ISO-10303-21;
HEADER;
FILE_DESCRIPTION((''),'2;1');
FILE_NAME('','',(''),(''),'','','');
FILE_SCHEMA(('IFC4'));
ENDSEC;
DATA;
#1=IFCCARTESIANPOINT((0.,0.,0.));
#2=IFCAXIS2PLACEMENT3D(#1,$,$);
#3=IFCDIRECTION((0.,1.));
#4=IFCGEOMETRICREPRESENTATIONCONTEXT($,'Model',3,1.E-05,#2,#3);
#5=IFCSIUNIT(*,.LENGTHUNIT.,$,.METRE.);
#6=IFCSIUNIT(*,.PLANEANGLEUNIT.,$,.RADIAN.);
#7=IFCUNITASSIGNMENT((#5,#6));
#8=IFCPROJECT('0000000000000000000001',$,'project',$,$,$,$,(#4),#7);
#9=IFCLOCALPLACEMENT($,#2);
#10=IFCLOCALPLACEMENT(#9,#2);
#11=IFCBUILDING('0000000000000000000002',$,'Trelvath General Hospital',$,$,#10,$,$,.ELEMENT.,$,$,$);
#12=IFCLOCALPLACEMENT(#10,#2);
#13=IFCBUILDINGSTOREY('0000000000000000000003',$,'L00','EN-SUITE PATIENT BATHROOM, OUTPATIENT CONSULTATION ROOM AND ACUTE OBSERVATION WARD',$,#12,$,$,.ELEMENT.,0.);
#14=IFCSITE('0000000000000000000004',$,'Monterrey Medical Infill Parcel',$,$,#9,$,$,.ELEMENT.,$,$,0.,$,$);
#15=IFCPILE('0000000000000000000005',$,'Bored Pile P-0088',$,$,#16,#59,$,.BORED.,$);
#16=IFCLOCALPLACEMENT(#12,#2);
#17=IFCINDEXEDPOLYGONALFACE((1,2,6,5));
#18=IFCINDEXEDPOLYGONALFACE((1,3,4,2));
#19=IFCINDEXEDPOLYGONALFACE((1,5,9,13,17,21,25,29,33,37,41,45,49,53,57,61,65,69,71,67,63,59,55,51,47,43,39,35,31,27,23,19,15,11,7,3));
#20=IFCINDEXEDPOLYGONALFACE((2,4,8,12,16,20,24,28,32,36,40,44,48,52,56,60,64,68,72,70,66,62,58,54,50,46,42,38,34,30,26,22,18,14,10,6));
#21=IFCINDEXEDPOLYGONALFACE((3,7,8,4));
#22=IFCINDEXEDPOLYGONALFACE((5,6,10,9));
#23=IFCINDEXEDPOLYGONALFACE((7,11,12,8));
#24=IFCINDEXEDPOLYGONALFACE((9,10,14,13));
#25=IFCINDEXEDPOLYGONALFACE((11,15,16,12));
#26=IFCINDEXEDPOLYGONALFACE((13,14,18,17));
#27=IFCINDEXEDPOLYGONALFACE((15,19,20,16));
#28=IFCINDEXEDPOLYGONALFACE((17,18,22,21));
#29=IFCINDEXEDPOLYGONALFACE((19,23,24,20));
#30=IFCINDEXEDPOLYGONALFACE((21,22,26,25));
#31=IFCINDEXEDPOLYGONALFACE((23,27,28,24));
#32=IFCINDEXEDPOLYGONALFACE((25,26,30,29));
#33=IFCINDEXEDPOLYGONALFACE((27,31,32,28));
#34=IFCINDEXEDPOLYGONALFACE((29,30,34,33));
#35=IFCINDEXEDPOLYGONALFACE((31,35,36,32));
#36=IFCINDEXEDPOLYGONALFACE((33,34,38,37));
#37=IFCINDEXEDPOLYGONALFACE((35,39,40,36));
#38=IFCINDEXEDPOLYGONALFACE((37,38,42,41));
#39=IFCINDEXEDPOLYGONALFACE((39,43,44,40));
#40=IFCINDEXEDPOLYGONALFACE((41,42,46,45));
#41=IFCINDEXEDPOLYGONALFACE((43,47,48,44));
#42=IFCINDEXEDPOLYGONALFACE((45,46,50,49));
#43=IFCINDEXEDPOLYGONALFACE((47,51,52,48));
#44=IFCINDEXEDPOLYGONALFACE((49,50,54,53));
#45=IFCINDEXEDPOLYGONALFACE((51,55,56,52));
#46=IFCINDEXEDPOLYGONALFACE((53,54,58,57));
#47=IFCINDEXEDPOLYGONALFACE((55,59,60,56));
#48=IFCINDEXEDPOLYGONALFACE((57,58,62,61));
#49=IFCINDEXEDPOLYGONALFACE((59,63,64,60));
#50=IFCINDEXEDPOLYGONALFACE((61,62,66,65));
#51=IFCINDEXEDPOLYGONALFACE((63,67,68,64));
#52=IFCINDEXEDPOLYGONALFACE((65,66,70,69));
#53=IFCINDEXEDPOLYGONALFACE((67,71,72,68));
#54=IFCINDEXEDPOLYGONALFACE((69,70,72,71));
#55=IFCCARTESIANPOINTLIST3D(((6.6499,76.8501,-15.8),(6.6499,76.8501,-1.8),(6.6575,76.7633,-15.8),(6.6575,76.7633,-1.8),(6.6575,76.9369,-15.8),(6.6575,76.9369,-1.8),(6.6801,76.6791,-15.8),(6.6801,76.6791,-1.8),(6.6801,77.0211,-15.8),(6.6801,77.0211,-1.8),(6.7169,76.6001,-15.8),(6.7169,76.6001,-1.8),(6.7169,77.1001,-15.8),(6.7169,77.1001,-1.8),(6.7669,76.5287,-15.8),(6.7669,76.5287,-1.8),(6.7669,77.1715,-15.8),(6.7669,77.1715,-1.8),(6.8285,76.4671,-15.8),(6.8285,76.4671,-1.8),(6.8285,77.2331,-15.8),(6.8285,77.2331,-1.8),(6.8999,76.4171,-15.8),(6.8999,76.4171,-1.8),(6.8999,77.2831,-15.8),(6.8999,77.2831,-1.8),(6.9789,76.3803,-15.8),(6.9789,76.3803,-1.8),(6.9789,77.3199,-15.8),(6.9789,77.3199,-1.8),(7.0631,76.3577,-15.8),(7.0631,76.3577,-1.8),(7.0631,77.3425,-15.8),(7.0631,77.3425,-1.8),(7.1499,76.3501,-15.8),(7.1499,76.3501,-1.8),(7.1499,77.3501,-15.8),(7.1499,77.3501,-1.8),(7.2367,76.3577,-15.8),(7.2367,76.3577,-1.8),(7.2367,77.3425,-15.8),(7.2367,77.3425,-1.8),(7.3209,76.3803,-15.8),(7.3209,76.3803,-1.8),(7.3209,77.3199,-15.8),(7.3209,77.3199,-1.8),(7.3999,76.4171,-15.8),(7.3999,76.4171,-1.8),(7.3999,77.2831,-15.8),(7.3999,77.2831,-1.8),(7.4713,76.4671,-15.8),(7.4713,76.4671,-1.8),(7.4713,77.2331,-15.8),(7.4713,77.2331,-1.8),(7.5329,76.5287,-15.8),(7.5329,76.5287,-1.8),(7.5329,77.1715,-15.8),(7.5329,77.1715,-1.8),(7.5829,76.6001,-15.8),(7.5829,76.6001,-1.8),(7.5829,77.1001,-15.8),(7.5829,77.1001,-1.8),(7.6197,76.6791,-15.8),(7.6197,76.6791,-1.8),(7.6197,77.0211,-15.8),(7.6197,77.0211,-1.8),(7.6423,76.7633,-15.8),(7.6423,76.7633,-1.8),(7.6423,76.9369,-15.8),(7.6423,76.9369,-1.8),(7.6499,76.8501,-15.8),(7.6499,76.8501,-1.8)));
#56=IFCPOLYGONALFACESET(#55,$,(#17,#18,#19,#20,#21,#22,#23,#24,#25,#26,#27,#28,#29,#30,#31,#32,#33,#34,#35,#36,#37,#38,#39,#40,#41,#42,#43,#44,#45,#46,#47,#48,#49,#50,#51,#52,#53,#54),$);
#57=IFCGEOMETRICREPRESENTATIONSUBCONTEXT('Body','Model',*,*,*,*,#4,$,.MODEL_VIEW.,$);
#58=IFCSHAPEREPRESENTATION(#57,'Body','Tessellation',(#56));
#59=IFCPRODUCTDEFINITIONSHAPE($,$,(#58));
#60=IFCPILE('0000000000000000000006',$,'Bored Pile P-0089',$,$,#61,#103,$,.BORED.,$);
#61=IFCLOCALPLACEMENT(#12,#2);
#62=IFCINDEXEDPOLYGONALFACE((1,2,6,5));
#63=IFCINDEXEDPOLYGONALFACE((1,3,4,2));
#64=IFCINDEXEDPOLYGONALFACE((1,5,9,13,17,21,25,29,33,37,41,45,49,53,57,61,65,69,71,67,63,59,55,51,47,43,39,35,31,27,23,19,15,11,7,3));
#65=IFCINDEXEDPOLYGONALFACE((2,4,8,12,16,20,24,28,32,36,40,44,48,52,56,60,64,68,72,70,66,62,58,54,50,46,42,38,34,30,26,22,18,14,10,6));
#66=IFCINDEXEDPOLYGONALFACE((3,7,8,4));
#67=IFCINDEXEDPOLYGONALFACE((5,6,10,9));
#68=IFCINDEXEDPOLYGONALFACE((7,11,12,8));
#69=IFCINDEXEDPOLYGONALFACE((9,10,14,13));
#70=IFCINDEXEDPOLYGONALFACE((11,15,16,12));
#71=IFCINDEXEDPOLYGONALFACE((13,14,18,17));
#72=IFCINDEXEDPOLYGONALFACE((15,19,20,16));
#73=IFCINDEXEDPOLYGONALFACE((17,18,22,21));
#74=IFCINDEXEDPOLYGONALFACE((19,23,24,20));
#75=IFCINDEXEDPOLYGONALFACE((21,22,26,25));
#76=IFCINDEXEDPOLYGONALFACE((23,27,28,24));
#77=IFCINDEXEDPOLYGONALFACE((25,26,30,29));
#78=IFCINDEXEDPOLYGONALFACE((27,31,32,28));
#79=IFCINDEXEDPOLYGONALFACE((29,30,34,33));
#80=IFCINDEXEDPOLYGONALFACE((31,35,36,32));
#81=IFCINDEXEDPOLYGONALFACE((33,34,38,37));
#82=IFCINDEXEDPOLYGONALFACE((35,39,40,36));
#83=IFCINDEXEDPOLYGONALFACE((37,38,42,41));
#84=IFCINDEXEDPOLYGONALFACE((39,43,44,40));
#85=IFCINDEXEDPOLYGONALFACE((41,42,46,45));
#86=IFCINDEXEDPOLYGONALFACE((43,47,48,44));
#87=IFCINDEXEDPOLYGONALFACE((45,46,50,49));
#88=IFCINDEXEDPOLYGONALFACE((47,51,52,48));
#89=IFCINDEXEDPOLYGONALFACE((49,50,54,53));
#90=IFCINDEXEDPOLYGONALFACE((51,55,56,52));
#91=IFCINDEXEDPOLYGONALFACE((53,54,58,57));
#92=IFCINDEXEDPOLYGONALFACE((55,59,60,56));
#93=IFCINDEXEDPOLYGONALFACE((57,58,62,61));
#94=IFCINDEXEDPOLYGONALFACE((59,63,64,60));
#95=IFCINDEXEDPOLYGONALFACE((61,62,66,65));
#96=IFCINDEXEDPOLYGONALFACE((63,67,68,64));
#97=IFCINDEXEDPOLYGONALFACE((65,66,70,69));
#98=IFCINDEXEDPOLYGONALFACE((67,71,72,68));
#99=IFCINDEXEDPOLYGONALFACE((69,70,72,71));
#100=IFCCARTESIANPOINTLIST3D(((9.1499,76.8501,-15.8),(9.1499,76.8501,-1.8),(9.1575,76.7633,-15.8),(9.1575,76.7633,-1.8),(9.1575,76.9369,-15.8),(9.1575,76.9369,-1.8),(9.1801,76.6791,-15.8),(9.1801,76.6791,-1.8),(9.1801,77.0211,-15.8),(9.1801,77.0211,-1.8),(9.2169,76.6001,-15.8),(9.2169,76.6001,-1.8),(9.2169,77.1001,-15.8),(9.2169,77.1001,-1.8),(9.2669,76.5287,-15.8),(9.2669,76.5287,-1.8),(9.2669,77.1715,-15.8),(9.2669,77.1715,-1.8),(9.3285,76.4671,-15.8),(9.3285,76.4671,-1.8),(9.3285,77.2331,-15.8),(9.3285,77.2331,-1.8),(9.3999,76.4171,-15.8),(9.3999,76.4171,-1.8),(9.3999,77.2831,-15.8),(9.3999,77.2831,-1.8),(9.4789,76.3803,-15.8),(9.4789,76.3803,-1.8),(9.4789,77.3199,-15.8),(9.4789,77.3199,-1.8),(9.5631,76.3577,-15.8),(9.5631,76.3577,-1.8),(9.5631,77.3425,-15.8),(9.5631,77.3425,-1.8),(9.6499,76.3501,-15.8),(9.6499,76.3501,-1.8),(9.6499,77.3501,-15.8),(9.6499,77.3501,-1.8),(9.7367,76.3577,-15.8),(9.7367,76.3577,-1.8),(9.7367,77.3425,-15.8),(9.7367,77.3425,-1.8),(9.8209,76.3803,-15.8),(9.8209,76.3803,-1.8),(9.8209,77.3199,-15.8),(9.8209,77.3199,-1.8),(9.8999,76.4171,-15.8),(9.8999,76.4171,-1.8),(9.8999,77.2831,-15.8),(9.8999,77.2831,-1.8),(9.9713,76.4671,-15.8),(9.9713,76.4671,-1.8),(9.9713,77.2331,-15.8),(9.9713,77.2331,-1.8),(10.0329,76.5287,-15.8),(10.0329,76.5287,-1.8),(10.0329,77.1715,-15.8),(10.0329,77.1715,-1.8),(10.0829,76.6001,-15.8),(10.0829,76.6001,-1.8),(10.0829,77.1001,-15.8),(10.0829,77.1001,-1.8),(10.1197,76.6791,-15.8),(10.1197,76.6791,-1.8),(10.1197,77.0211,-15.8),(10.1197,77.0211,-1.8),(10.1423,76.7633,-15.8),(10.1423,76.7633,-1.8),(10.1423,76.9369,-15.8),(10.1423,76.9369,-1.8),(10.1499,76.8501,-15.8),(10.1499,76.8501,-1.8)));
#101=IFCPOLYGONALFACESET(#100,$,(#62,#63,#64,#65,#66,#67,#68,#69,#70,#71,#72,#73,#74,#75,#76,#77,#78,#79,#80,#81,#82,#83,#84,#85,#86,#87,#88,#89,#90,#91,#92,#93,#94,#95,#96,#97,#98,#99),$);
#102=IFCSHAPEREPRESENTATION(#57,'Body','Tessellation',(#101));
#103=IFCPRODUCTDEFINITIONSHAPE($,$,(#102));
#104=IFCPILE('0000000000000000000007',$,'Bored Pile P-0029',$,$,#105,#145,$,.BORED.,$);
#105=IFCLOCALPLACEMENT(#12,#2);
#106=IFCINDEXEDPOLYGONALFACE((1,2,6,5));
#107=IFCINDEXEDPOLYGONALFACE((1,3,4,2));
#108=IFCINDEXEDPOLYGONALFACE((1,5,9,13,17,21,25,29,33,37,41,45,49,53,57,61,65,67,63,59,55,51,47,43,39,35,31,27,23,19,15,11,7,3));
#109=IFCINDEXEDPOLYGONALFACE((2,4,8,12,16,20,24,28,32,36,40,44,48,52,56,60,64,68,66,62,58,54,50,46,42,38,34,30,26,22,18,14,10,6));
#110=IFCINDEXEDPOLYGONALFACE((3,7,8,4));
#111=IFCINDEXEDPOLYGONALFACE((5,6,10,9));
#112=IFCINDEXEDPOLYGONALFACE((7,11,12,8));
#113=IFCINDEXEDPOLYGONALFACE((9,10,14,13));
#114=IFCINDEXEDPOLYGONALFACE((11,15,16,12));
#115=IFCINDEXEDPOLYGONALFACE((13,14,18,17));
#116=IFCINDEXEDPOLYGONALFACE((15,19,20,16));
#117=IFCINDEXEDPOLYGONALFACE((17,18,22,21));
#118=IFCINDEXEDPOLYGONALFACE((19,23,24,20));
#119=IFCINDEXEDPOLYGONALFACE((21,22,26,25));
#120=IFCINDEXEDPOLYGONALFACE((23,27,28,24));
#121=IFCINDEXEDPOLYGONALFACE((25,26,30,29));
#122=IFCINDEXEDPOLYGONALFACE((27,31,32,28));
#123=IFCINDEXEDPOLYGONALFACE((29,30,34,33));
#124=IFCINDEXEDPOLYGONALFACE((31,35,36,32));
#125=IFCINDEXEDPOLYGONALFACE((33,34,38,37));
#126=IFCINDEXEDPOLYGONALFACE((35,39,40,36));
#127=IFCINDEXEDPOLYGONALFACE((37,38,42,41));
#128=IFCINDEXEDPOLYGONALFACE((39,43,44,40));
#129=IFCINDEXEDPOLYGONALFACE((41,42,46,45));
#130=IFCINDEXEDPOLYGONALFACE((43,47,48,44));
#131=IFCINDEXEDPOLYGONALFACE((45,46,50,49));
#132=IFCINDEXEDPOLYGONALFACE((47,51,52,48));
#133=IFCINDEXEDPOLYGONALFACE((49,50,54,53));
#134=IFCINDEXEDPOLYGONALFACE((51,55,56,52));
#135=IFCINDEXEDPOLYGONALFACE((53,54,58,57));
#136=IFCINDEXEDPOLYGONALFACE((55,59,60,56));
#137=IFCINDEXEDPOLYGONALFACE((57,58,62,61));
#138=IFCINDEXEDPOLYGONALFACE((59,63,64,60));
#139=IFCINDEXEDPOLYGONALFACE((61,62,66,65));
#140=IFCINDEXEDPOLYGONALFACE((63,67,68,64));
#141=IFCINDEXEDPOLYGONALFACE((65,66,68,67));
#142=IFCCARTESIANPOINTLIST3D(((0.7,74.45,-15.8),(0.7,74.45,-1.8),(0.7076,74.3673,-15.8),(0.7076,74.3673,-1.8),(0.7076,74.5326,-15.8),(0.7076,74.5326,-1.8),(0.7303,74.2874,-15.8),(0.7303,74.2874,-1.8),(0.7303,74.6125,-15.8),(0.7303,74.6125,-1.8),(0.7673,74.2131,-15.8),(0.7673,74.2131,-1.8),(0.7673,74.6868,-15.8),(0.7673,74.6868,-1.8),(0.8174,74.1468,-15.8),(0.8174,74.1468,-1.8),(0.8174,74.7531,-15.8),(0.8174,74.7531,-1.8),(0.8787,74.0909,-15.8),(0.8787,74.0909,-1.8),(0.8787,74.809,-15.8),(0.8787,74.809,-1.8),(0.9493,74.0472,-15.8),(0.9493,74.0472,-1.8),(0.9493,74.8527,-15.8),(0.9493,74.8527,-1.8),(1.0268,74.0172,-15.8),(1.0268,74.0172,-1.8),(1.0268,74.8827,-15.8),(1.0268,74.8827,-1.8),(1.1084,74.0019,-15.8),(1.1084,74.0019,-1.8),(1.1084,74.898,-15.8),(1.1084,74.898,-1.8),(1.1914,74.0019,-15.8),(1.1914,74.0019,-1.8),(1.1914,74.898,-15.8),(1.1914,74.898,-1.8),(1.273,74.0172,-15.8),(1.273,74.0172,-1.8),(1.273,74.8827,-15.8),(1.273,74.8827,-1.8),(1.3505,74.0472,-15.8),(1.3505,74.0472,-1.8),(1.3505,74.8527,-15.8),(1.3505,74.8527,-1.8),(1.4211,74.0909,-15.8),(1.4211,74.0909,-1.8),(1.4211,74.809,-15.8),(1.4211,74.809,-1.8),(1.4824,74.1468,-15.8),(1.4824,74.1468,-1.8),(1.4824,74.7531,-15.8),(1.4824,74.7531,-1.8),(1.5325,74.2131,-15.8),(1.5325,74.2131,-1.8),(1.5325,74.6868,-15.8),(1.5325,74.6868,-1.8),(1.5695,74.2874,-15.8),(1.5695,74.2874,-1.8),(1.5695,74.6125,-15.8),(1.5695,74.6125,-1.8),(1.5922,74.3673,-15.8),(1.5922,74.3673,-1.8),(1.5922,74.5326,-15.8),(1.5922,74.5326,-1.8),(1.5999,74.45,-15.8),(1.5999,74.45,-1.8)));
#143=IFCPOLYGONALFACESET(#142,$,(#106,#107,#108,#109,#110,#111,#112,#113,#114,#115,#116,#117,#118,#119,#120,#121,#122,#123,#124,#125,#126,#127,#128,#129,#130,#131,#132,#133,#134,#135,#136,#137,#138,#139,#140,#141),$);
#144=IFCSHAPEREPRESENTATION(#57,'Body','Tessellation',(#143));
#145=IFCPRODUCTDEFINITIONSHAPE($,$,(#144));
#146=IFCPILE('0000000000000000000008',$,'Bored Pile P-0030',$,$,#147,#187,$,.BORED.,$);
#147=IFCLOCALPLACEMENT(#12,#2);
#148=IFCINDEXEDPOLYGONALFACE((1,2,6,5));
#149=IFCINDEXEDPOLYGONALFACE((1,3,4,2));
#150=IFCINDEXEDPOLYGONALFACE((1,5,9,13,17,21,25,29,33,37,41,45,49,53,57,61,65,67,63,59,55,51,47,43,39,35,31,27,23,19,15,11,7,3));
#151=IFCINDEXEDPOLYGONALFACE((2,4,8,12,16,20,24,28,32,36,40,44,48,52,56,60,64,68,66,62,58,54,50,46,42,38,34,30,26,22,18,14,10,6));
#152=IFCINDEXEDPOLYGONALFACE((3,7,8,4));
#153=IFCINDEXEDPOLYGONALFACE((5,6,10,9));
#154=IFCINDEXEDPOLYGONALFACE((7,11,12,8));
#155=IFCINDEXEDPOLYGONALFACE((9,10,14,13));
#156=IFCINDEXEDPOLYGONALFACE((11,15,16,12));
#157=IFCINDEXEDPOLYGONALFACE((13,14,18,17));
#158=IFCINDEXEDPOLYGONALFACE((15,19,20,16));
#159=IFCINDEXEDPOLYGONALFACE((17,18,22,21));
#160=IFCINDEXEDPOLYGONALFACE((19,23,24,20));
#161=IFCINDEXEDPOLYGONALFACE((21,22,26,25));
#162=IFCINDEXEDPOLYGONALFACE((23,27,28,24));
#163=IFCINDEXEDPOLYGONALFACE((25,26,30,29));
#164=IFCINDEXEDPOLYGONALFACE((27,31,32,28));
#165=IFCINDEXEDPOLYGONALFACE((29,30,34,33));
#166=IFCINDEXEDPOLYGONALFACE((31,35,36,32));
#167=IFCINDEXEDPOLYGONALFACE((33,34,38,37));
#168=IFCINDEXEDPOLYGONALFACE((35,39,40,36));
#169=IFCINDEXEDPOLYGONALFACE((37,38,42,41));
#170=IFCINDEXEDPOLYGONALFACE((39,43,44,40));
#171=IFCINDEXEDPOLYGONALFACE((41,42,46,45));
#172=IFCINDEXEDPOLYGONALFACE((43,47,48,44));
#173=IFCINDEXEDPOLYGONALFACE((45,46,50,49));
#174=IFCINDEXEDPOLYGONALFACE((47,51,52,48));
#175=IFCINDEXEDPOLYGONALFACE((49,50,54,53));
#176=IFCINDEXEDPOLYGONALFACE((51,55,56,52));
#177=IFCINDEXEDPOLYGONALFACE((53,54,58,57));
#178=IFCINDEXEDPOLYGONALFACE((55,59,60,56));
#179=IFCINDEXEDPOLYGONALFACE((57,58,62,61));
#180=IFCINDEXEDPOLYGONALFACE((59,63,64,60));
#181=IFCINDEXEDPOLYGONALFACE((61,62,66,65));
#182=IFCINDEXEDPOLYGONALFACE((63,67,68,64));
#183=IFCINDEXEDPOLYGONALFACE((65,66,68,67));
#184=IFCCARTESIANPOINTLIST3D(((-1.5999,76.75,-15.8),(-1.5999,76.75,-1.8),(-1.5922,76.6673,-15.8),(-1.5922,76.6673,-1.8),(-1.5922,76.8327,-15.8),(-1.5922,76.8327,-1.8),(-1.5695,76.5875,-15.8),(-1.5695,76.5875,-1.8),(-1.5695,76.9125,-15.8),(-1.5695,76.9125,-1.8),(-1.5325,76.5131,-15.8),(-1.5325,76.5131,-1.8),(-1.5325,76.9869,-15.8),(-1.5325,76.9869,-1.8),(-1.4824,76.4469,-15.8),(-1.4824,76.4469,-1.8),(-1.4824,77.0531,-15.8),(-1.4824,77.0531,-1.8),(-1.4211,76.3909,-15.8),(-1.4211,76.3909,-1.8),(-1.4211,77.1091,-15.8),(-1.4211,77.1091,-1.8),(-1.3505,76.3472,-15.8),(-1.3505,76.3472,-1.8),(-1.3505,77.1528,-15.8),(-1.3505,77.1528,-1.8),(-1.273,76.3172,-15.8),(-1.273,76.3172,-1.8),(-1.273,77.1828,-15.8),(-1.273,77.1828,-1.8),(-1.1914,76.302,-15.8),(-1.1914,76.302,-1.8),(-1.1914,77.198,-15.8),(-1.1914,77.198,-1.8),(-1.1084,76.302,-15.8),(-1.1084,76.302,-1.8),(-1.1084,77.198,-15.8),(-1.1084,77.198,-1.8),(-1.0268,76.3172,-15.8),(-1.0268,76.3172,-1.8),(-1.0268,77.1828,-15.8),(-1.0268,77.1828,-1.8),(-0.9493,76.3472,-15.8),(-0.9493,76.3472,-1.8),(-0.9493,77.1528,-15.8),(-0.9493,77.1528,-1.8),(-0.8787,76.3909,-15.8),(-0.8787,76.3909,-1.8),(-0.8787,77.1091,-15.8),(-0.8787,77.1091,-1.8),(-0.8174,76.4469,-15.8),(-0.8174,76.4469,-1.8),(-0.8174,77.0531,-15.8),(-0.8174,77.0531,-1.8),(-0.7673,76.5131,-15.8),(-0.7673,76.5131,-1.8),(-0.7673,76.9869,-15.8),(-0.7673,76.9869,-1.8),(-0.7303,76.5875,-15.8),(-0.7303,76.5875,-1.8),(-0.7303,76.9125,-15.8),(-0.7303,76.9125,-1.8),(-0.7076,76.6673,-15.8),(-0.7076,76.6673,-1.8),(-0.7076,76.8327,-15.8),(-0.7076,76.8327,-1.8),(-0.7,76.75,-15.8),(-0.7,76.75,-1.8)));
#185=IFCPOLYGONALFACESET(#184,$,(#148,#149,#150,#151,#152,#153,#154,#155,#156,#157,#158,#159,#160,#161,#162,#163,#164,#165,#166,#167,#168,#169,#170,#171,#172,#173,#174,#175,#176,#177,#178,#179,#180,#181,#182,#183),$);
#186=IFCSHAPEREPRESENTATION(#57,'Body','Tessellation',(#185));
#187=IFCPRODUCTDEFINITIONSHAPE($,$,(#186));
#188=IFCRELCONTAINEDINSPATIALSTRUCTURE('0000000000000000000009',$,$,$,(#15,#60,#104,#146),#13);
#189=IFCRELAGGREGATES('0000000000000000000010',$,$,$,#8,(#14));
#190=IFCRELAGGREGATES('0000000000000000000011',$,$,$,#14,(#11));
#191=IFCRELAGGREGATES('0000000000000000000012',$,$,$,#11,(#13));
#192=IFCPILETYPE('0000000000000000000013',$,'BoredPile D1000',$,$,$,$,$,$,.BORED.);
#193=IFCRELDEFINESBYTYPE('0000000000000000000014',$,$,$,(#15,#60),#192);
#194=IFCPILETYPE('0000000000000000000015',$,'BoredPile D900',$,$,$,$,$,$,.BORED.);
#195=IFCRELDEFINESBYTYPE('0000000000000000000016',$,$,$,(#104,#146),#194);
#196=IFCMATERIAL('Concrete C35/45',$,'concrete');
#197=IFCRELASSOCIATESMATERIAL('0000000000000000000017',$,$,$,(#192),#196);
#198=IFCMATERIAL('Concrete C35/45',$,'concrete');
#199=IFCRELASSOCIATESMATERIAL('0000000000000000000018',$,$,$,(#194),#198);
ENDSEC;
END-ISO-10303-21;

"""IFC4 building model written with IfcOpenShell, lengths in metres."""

from ifc_helpers import new_model, si_unit, direction, frame, origin, origin_2d, place, context, subcontext, project, spatial, circle, extrude, material, material_profile, profile_set, type_object, element, save


model = new_model("IFC4")

# Units and contexts
model_context = context("Model", 3, precision=1e-05, world=origin(), true_north=direction((0.0, 1.0)))
body_context = subcontext(model_context, "Body", "Model", "MODEL_VIEW")
ifc_project = project(units=[si_unit("LENGTHUNIT", "METRE"), si_unit("PLANEANGLEUNIT", "RADIAN")], contexts=[model_context])

# Site, building, storey
site_placement = place(None, origin())
site = spatial("IfcSite", under=ifc_project, at=site_placement, Name="Monterrey Medical Infill Parcel", CompositionType="ELEMENT", RefElevation=0.0)
building_placement = place(site_placement, origin())
building = spatial("IfcBuilding", under=site, at=building_placement, Name="Trelvath General Hospital", CompositionType="ELEMENT")
storey_placement = place(building_placement, origin())
storey = spatial("IfcBuildingStorey", under=building, at=storey_placement, Name="L00", Description="EN-SUITE PATIENT BATHROOM, OUTPATIENT CONSULTATION ROOM AND ACUTE OBSERVATION WARD", CompositionType="ELEMENT", Elevation=0.0)

# Piles
ifc_material_1 = material(Name="Concrete C35/45", Category="concrete")
ifc_material_profile_1 = material_profile(ifc_material_1, circle(Radius=0.5, at=origin_2d()), Name="PILE1000")
ifc_profile_set_1 = profile_set([ifc_material_profile_1], Name="Concrete C35/45")
pile_type_1 = type_object("IfcPileType", Name="BoredPile D1000", PredefinedType="BORED", material=ifc_profile_set_1)
for number, where, z_axis, x_axis, name in (
    (1, (7.1499, 76.8501, -1.8), (0.0, 0.0, -1.0), (1.0, 0.0, 0.0), "Bored Pile P-0088"),
    (2, (9.6499, 76.8501, -1.8), (0.0, 0.0, -1.0), (1.0, 0.0, 0.0), "Bored Pile P-0089"),
):
    element("IfcPile", number, at=place(storey_placement, frame(where, z_axis=z_axis, x_axis=x_axis)), inside=storey, type_object=pile_type_1, Name=name, PredefinedType="BORED", context=body_context, shape_type="SweptSolid", body=[
        extrude(circle(Radius=0.5, at=origin_2d()), origin(), (0.0, 0.0, 1.0), 14.0),
    ])
ifc_material_2 = material(Name="Concrete C35/45", Category="concrete")
ifc_material_profile_2 = material_profile(ifc_material_2, circle(Radius=0.45, at=origin_2d()), Name="PILE900")
ifc_profile_set_2 = profile_set([ifc_material_profile_2], Name="Concrete C35/45")
pile_type_2 = type_object("IfcPileType", Name="BoredPile D900", PredefinedType="BORED", material=ifc_profile_set_2)
for number, where, z_axis, x_axis, name in (
    (3, (1.1499, 74.45, -1.8), (0.0, 0.0, -1.0), (1.0, 0.0, 0.0), "Bored Pile P-0029"),
    (4, (-1.1499, 76.75, -1.8), (0.0, 0.0, -1.0), (1.0, 0.0, 0.0), "Bored Pile P-0030"),
):
    element("IfcPile", number, at=place(storey_placement, frame(where, z_axis=z_axis, x_axis=x_axis)), inside=storey, type_object=pile_type_2, Name=name, PredefinedType="BORED", context=body_context, shape_type="SweptSolid", body=[
        extrude(circle(Radius=0.45, at=origin_2d()), origin(), (0.0, 0.0, 1.0), 14.0),
    ])

save(model, "model.ifc")
